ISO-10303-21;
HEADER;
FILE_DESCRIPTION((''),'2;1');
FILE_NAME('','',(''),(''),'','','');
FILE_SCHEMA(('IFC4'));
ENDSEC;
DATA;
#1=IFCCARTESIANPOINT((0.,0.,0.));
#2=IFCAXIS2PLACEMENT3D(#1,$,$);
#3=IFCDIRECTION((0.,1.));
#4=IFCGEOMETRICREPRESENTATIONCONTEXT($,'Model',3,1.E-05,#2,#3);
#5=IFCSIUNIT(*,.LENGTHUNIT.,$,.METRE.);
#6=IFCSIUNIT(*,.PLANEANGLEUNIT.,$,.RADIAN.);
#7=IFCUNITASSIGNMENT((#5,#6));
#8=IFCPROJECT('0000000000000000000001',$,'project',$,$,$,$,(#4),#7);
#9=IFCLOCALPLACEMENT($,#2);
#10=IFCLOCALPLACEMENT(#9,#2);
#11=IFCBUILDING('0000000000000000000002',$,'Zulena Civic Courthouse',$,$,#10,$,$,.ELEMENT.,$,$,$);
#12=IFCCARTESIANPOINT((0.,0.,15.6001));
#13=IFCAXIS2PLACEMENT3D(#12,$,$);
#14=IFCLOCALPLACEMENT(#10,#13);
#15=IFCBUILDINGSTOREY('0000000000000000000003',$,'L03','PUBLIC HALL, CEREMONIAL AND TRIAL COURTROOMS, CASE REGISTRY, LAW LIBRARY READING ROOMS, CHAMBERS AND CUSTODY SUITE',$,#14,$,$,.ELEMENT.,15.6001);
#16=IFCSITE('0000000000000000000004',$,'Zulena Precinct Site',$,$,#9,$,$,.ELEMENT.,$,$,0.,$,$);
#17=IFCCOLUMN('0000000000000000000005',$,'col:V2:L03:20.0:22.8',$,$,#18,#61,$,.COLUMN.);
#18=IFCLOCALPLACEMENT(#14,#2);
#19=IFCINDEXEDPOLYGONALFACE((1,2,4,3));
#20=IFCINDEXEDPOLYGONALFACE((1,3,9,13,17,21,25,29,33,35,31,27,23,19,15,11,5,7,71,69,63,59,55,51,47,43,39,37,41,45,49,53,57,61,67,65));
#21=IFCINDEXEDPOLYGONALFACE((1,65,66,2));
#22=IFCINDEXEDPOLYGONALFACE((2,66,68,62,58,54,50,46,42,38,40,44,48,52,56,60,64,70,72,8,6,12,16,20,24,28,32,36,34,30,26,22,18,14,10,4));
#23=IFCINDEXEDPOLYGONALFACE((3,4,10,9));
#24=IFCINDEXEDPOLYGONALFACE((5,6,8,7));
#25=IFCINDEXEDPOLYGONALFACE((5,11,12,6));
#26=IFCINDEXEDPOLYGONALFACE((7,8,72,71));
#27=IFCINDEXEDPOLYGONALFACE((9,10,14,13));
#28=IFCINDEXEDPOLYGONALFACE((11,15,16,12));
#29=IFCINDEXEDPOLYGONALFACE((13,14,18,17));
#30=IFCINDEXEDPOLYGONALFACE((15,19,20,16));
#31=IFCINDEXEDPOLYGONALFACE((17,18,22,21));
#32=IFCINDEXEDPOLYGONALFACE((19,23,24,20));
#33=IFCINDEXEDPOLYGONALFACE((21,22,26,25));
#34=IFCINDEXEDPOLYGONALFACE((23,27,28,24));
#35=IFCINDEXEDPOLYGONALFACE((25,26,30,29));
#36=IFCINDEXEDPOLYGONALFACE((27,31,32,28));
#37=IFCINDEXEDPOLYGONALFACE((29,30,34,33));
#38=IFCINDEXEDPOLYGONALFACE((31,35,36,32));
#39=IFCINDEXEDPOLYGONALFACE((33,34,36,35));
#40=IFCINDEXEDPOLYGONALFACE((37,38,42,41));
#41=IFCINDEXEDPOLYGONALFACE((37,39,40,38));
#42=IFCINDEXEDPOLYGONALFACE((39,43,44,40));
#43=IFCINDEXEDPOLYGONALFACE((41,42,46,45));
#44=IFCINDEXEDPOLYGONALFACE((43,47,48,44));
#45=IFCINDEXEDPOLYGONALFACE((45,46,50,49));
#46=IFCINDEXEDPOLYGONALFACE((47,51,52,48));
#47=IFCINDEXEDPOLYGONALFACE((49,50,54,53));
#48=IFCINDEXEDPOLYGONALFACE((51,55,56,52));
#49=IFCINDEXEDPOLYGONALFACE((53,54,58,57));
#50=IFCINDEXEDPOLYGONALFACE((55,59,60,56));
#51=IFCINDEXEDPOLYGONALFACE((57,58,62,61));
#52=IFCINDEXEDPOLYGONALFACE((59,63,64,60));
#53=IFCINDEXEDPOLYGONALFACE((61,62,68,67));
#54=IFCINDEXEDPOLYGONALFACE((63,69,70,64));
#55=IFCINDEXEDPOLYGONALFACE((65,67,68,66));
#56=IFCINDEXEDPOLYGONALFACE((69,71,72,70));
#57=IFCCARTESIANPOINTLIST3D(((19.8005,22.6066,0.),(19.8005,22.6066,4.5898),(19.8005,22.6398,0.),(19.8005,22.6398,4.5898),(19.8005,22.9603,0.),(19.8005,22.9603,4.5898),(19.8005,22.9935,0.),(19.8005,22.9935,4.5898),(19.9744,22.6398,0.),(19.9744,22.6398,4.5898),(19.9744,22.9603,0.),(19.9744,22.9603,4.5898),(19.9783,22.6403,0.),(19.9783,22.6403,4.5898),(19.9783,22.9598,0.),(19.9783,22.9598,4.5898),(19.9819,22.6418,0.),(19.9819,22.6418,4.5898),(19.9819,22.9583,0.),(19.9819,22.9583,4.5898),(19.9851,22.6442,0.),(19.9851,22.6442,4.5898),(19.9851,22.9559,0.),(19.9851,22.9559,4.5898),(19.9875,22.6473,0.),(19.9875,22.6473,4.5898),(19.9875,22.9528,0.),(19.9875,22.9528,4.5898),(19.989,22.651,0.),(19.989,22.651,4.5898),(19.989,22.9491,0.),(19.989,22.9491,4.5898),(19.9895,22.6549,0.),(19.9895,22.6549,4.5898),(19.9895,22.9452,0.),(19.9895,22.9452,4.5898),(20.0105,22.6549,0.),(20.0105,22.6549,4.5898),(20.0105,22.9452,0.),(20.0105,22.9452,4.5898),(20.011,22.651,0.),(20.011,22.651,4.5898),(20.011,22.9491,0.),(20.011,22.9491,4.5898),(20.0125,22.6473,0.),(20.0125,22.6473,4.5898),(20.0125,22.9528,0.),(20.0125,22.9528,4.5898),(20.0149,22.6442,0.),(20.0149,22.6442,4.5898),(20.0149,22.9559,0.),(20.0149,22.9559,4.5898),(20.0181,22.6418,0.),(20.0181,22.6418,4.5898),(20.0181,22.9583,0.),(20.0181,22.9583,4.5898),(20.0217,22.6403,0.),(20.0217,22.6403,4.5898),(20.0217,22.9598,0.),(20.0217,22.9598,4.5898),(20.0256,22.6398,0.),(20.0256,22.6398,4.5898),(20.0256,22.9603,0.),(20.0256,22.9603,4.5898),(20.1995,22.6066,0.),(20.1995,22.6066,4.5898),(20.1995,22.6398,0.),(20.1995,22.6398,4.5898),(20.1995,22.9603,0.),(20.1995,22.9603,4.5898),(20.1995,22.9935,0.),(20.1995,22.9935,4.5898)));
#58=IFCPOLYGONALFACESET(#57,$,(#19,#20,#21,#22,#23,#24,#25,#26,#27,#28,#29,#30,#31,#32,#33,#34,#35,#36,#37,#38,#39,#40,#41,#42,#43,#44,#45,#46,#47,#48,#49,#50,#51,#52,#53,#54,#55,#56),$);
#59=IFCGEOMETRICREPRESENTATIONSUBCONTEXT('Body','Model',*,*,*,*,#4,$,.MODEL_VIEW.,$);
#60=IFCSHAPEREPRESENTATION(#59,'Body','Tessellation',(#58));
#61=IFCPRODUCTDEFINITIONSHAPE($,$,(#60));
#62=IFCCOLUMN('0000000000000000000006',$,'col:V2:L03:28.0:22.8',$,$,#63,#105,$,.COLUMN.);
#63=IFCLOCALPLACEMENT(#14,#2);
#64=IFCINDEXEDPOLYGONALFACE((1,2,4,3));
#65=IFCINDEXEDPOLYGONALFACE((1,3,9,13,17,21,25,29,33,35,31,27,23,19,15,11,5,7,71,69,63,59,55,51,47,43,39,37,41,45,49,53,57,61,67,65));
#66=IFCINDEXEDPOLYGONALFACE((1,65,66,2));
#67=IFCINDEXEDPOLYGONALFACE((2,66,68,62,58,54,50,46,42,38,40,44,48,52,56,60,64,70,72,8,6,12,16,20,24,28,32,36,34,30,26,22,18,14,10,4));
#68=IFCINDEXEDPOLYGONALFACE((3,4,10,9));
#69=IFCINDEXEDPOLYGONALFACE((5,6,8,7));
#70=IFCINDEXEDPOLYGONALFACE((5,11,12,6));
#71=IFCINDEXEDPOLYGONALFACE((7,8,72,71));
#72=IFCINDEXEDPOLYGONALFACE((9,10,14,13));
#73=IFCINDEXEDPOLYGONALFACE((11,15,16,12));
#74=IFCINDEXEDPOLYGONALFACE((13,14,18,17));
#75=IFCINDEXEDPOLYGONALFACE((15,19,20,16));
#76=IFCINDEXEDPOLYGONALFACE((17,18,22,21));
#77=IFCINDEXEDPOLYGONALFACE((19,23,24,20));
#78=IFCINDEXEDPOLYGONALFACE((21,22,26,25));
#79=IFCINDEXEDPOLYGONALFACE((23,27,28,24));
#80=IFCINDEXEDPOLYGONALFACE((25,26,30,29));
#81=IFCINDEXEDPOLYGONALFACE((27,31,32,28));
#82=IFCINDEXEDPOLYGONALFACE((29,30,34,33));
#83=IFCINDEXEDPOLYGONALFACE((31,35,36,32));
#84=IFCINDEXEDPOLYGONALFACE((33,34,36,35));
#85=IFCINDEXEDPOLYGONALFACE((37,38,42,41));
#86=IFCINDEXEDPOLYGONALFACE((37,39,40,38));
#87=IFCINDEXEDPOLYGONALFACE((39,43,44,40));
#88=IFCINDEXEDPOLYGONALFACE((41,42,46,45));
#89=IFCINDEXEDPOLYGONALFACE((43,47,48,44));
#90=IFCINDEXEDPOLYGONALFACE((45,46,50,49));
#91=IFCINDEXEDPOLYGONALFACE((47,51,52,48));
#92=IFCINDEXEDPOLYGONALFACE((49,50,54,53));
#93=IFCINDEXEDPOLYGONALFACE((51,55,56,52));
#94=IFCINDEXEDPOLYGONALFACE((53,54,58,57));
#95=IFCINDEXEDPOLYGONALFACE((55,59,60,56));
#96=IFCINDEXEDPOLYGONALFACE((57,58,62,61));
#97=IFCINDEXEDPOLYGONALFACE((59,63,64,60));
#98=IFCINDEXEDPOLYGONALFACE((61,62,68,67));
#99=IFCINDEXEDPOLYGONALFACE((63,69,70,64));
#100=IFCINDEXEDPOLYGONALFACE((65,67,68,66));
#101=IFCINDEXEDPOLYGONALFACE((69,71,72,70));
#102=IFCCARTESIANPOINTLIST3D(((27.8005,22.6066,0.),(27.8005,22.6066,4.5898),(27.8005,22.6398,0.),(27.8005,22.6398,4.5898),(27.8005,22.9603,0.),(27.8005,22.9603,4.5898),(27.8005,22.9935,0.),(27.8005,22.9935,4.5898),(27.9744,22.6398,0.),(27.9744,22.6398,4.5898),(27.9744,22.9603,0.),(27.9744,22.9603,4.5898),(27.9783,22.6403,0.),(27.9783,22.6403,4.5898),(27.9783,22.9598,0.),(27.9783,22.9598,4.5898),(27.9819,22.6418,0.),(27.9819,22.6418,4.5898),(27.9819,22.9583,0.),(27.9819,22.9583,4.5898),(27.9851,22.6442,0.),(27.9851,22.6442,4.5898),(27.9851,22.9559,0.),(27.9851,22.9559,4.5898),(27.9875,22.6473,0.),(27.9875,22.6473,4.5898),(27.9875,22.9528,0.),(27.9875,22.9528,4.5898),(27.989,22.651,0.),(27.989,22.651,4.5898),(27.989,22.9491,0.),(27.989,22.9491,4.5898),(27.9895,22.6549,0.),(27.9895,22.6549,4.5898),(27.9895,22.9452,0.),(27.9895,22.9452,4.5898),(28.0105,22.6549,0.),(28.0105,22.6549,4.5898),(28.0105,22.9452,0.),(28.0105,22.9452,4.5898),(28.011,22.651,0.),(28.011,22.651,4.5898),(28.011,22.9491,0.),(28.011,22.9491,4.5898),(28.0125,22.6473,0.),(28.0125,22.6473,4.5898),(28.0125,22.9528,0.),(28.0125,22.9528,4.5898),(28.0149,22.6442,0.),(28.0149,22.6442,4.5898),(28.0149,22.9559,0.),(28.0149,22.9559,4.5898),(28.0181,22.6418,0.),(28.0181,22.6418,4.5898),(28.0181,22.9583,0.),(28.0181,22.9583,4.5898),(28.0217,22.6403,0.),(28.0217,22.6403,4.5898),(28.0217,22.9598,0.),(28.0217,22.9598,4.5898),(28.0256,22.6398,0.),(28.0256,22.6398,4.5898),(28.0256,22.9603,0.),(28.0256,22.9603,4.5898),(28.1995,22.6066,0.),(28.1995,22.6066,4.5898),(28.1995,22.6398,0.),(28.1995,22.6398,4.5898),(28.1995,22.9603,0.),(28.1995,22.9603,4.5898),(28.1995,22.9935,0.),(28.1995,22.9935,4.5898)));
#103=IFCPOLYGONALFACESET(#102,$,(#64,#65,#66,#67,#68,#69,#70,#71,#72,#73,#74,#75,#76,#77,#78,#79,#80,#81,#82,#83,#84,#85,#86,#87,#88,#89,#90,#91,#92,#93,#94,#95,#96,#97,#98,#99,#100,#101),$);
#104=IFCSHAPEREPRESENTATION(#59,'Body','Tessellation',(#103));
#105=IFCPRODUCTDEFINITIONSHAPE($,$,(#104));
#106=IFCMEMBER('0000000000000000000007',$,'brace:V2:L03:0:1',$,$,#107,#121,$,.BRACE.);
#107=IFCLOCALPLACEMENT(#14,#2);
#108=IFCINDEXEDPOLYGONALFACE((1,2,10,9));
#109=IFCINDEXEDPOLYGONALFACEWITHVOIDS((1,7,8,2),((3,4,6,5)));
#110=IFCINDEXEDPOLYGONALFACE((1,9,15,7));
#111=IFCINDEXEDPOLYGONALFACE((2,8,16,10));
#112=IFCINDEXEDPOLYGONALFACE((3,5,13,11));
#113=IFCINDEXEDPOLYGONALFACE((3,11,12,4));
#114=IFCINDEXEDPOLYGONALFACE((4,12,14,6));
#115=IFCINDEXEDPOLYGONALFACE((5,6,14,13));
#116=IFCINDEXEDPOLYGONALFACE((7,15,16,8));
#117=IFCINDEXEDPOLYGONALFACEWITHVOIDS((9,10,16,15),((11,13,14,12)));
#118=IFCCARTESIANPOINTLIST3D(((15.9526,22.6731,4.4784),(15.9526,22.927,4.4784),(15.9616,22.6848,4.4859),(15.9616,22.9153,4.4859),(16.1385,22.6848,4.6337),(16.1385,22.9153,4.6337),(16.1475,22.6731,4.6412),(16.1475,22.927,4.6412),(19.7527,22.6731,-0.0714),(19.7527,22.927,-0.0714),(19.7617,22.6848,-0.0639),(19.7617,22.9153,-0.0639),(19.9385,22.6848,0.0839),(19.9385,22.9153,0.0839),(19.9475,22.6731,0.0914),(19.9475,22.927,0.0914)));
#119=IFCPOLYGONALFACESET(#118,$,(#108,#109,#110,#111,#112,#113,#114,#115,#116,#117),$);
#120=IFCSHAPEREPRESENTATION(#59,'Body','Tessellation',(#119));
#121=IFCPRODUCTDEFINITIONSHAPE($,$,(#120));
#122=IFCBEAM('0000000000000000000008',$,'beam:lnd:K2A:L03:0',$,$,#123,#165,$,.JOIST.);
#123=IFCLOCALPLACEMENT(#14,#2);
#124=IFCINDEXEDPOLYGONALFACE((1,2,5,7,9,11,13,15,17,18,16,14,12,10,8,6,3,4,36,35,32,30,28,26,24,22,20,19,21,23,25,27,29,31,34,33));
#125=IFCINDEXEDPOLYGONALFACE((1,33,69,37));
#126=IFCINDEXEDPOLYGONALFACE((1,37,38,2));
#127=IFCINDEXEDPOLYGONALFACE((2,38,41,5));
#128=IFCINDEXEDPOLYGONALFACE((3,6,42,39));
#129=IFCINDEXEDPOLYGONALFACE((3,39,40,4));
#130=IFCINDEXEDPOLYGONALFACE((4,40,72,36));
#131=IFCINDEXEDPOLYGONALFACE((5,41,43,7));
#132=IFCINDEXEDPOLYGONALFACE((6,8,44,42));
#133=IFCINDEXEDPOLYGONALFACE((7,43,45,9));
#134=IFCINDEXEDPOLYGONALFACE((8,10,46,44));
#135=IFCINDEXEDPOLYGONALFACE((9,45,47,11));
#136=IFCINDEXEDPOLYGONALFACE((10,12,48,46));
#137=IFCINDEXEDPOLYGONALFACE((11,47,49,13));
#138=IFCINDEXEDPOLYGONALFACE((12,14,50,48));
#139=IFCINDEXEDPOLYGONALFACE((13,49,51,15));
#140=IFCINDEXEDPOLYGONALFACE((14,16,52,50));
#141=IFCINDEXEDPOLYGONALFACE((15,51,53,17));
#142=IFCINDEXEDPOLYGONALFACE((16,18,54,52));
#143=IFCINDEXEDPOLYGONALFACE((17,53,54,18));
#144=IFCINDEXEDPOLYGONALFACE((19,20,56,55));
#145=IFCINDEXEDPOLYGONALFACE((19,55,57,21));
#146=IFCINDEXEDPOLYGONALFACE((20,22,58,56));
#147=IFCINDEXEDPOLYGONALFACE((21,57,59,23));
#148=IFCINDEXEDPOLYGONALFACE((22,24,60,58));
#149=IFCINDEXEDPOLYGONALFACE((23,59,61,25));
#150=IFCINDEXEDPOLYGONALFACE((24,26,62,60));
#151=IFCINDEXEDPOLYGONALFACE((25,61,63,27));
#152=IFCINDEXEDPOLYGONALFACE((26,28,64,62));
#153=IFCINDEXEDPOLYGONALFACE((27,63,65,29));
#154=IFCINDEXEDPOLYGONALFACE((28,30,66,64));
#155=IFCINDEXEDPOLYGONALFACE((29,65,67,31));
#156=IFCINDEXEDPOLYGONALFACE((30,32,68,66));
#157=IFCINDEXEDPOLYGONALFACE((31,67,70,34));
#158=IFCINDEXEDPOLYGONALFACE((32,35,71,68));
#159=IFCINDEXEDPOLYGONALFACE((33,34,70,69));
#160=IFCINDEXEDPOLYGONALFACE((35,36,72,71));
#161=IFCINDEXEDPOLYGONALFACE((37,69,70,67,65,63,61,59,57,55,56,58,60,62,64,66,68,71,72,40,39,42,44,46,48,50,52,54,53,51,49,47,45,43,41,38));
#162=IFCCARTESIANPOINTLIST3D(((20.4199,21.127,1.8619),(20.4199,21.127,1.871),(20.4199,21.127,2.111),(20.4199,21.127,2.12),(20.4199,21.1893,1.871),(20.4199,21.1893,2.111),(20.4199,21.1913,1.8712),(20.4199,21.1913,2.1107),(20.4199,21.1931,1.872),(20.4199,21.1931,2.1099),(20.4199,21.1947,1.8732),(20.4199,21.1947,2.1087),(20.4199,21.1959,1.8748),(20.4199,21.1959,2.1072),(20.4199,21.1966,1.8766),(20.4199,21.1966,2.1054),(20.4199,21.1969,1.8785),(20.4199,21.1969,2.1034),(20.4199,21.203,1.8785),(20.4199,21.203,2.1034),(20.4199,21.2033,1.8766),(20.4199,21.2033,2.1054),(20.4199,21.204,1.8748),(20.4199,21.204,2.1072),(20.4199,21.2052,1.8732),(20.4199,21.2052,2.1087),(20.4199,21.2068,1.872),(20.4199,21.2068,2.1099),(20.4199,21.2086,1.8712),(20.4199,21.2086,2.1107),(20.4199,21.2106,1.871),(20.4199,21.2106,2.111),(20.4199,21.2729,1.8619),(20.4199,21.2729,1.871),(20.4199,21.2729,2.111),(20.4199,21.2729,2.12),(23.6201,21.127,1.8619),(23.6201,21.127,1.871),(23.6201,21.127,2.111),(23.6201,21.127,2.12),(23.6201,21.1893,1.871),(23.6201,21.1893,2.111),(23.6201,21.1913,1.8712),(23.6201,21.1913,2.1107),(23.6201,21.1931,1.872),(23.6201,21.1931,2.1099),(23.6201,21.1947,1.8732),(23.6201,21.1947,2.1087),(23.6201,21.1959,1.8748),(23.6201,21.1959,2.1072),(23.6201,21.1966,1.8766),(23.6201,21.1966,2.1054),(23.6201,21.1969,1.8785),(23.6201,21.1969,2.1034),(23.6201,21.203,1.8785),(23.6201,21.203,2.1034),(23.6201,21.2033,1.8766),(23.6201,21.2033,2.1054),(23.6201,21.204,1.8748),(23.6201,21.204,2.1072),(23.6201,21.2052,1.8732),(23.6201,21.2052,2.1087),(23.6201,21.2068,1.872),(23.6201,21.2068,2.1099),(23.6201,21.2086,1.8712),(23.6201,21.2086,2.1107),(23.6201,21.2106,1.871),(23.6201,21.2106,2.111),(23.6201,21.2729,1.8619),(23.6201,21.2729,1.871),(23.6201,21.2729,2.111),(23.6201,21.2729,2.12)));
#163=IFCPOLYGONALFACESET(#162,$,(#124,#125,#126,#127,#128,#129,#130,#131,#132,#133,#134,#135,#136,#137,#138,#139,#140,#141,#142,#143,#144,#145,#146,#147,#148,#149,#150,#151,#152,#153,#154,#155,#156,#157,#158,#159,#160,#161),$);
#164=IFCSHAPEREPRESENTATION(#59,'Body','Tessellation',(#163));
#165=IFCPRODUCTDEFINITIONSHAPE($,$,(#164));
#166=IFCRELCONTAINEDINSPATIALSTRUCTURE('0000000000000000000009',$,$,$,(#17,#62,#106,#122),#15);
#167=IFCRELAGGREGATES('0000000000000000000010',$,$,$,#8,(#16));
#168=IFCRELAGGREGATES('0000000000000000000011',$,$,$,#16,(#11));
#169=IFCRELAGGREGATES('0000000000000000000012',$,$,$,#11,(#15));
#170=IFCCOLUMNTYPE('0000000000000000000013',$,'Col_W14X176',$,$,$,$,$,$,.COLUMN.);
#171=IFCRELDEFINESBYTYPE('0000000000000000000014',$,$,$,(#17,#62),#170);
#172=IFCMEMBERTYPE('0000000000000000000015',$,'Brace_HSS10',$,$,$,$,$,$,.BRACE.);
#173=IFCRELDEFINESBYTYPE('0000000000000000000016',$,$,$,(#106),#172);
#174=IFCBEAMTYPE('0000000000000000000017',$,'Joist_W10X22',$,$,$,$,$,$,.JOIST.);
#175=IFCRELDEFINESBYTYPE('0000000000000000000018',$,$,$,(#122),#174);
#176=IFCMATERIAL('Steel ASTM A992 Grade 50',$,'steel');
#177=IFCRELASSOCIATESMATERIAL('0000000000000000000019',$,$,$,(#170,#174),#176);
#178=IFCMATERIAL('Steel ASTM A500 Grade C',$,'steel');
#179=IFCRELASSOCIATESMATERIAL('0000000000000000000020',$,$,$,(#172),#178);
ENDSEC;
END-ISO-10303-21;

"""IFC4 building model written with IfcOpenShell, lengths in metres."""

from ifc_helpers import new_model, si_unit, direction, frame, origin, origin_2d, place, context, subcontext, project, spatial, hollow_rectangle, i_section, extrude, material, material_profile, profile_set, type_object, element, save


model = new_model("IFC4")

# Units and contexts
model_context = context("Model", 3, precision=1e-05, world=origin(), true_north=direction((0.0, 1.0)))
body_context = subcontext(model_context, "Body", "Model", "MODEL_VIEW")
ifc_project = project(units=[si_unit("LENGTHUNIT", "METRE"), si_unit("PLANEANGLEUNIT", "RADIAN")], contexts=[model_context])

# Site, building, storey
site_placement = place(None, origin())
site = spatial("IfcSite", under=ifc_project, at=site_placement, Name="Zulena Precinct Site", CompositionType="ELEMENT", RefElevation=0.0)
building_placement = place(site_placement, origin())
building = spatial("IfcBuilding", under=site, at=building_placement, Name="Zulena Civic Courthouse", CompositionType="ELEMENT")
storey_placement = place(building_placement, frame((0.0, 0.0, 15.6001)))
storey = spatial("IfcBuildingStorey", under=building, at=storey_placement, Name="L03", Description="PUBLIC HALL, CEREMONIAL AND TRIAL COURTROOMS, CASE REGISTRY, LAW LIBRARY READING ROOMS, CHAMBERS AND CUSTODY SUITE", CompositionType="ELEMENT", Elevation=15.6001)

# Columns
ifc_material_1 = material(Name="Steel ASTM A992 Grade 50", Category="steel")
ifc_material_profile_1 = material_profile(ifc_material_1, i_section(OverallWidth=0.3989, OverallDepth=0.387, WebThickness=0.021, FlangeThickness=0.0332, FilletRadius=0.0151, at=origin_2d()), Name="W14X176")
ifc_profile_set_1 = profile_set([ifc_material_profile_1], Name="Steel ASTM A992 Grade 50")
column_type_1 = type_object("IfcColumnType", Name="Col_W14X176", PredefinedType="COLUMN", material=ifc_profile_set_1)
for number, where, z_axis, x_axis, name in (
    (1, (20.0, 22.8, 0.0), (0.0, 0.0, 1.0), (1.0, 0.0, 0.0), "col:V2:L03:20.0:22.8"),
    (2, (28.0, 22.8, 0.0), (0.0, 0.0, 1.0), (1.0, 0.0, 0.0), "col:V2:L03:28.0:22.8"),
):
    element("IfcColumn", number, at=place(storey_placement, frame(where, z_axis=z_axis, x_axis=x_axis)), inside=storey, type_object=column_type_1, Name=name, PredefinedType="COLUMN", context=body_context, shape_type="SweptSolid", body=[
        extrude(i_section(OverallWidth=0.3989, OverallDepth=0.387, WebThickness=0.021, FlangeThickness=0.0332, FilletRadius=0.0151, at=origin_2d()), origin(), (0.0, 0.0, 1.0), 4.5898),
    ])

# Member
ifc_material_2 = material(Name="Steel ASTM A500 Grade C", Category="steel")
ifc_material_profile_2 = material_profile(ifc_material_2, hollow_rectangle(XDim=0.2539, YDim=0.2539, WallThickness=0.0117, at=origin_2d()), Name="HSS10X10X1/2")
ifc_profile_set_2 = profile_set([ifc_material_profile_2], Name="Steel ASTM A500 Grade C")
member_type = type_object("IfcMemberType", Name="Brace_HSS10", PredefinedType="BRACE", material=ifc_profile_set_2)
member_placement = place(storey_placement, frame((19.8501, 22.8, 0.01), z_axis=(-0.641035, 0.0, 0.767512), x_axis=(0.0, -1.0, 0.0)))
element("IfcMember", 3, at=member_placement, inside=storey, type_object=member_type, Name="brace:V2:L03:0:1", PredefinedType="BRACE", context=body_context, shape_type="SweptSolid", body=[
    extrude(hollow_rectangle(XDim=0.2539, YDim=0.2539, WallThickness=0.0117, at=origin_2d()), origin(), (0.0, 0.0, 1.0), 5.928),
])

# Beam
ifc_material_profile_3 = material_profile(ifc_material_1, i_section(OverallWidth=0.146, OverallDepth=0.2581, WebThickness=0.0061, FlangeThickness=0.009, FilletRadius=0.0076, at=origin_2d()), Name="W10X22")
ifc_profile_set_3 = profile_set([ifc_material_profile_3], Name="Steel ASTM A992 Grade 50")
beam_type_1 = type_object("IfcBeamType", Name="Joist_W10X22", PredefinedType="JOIST", material=ifc_profile_set_3)
for number, where, z_axis, x_axis, name in (
    (4, (20.4199, 21.2, 1.991), (1.0, 0.0, 0.0), (0.0, 1.0, 0.0), "beam:lnd:K2A:L03:0"),
):
    element("IfcBeam", number, at=place(storey_placement, frame(where, z_axis=z_axis, x_axis=x_axis)), inside=storey, type_object=beam_type_1, Name=name, PredefinedType="JOIST", context=body_context, shape_type="SweptSolid", body=[
        extrude(i_section(OverallWidth=0.146, OverallDepth=0.2581, WebThickness=0.0061, FlangeThickness=0.009, FilletRadius=0.0076, at=origin_2d()), origin(), (0.0, 0.0, 1.0), 3.2002),
    ])

save(model, "model.ifc")
